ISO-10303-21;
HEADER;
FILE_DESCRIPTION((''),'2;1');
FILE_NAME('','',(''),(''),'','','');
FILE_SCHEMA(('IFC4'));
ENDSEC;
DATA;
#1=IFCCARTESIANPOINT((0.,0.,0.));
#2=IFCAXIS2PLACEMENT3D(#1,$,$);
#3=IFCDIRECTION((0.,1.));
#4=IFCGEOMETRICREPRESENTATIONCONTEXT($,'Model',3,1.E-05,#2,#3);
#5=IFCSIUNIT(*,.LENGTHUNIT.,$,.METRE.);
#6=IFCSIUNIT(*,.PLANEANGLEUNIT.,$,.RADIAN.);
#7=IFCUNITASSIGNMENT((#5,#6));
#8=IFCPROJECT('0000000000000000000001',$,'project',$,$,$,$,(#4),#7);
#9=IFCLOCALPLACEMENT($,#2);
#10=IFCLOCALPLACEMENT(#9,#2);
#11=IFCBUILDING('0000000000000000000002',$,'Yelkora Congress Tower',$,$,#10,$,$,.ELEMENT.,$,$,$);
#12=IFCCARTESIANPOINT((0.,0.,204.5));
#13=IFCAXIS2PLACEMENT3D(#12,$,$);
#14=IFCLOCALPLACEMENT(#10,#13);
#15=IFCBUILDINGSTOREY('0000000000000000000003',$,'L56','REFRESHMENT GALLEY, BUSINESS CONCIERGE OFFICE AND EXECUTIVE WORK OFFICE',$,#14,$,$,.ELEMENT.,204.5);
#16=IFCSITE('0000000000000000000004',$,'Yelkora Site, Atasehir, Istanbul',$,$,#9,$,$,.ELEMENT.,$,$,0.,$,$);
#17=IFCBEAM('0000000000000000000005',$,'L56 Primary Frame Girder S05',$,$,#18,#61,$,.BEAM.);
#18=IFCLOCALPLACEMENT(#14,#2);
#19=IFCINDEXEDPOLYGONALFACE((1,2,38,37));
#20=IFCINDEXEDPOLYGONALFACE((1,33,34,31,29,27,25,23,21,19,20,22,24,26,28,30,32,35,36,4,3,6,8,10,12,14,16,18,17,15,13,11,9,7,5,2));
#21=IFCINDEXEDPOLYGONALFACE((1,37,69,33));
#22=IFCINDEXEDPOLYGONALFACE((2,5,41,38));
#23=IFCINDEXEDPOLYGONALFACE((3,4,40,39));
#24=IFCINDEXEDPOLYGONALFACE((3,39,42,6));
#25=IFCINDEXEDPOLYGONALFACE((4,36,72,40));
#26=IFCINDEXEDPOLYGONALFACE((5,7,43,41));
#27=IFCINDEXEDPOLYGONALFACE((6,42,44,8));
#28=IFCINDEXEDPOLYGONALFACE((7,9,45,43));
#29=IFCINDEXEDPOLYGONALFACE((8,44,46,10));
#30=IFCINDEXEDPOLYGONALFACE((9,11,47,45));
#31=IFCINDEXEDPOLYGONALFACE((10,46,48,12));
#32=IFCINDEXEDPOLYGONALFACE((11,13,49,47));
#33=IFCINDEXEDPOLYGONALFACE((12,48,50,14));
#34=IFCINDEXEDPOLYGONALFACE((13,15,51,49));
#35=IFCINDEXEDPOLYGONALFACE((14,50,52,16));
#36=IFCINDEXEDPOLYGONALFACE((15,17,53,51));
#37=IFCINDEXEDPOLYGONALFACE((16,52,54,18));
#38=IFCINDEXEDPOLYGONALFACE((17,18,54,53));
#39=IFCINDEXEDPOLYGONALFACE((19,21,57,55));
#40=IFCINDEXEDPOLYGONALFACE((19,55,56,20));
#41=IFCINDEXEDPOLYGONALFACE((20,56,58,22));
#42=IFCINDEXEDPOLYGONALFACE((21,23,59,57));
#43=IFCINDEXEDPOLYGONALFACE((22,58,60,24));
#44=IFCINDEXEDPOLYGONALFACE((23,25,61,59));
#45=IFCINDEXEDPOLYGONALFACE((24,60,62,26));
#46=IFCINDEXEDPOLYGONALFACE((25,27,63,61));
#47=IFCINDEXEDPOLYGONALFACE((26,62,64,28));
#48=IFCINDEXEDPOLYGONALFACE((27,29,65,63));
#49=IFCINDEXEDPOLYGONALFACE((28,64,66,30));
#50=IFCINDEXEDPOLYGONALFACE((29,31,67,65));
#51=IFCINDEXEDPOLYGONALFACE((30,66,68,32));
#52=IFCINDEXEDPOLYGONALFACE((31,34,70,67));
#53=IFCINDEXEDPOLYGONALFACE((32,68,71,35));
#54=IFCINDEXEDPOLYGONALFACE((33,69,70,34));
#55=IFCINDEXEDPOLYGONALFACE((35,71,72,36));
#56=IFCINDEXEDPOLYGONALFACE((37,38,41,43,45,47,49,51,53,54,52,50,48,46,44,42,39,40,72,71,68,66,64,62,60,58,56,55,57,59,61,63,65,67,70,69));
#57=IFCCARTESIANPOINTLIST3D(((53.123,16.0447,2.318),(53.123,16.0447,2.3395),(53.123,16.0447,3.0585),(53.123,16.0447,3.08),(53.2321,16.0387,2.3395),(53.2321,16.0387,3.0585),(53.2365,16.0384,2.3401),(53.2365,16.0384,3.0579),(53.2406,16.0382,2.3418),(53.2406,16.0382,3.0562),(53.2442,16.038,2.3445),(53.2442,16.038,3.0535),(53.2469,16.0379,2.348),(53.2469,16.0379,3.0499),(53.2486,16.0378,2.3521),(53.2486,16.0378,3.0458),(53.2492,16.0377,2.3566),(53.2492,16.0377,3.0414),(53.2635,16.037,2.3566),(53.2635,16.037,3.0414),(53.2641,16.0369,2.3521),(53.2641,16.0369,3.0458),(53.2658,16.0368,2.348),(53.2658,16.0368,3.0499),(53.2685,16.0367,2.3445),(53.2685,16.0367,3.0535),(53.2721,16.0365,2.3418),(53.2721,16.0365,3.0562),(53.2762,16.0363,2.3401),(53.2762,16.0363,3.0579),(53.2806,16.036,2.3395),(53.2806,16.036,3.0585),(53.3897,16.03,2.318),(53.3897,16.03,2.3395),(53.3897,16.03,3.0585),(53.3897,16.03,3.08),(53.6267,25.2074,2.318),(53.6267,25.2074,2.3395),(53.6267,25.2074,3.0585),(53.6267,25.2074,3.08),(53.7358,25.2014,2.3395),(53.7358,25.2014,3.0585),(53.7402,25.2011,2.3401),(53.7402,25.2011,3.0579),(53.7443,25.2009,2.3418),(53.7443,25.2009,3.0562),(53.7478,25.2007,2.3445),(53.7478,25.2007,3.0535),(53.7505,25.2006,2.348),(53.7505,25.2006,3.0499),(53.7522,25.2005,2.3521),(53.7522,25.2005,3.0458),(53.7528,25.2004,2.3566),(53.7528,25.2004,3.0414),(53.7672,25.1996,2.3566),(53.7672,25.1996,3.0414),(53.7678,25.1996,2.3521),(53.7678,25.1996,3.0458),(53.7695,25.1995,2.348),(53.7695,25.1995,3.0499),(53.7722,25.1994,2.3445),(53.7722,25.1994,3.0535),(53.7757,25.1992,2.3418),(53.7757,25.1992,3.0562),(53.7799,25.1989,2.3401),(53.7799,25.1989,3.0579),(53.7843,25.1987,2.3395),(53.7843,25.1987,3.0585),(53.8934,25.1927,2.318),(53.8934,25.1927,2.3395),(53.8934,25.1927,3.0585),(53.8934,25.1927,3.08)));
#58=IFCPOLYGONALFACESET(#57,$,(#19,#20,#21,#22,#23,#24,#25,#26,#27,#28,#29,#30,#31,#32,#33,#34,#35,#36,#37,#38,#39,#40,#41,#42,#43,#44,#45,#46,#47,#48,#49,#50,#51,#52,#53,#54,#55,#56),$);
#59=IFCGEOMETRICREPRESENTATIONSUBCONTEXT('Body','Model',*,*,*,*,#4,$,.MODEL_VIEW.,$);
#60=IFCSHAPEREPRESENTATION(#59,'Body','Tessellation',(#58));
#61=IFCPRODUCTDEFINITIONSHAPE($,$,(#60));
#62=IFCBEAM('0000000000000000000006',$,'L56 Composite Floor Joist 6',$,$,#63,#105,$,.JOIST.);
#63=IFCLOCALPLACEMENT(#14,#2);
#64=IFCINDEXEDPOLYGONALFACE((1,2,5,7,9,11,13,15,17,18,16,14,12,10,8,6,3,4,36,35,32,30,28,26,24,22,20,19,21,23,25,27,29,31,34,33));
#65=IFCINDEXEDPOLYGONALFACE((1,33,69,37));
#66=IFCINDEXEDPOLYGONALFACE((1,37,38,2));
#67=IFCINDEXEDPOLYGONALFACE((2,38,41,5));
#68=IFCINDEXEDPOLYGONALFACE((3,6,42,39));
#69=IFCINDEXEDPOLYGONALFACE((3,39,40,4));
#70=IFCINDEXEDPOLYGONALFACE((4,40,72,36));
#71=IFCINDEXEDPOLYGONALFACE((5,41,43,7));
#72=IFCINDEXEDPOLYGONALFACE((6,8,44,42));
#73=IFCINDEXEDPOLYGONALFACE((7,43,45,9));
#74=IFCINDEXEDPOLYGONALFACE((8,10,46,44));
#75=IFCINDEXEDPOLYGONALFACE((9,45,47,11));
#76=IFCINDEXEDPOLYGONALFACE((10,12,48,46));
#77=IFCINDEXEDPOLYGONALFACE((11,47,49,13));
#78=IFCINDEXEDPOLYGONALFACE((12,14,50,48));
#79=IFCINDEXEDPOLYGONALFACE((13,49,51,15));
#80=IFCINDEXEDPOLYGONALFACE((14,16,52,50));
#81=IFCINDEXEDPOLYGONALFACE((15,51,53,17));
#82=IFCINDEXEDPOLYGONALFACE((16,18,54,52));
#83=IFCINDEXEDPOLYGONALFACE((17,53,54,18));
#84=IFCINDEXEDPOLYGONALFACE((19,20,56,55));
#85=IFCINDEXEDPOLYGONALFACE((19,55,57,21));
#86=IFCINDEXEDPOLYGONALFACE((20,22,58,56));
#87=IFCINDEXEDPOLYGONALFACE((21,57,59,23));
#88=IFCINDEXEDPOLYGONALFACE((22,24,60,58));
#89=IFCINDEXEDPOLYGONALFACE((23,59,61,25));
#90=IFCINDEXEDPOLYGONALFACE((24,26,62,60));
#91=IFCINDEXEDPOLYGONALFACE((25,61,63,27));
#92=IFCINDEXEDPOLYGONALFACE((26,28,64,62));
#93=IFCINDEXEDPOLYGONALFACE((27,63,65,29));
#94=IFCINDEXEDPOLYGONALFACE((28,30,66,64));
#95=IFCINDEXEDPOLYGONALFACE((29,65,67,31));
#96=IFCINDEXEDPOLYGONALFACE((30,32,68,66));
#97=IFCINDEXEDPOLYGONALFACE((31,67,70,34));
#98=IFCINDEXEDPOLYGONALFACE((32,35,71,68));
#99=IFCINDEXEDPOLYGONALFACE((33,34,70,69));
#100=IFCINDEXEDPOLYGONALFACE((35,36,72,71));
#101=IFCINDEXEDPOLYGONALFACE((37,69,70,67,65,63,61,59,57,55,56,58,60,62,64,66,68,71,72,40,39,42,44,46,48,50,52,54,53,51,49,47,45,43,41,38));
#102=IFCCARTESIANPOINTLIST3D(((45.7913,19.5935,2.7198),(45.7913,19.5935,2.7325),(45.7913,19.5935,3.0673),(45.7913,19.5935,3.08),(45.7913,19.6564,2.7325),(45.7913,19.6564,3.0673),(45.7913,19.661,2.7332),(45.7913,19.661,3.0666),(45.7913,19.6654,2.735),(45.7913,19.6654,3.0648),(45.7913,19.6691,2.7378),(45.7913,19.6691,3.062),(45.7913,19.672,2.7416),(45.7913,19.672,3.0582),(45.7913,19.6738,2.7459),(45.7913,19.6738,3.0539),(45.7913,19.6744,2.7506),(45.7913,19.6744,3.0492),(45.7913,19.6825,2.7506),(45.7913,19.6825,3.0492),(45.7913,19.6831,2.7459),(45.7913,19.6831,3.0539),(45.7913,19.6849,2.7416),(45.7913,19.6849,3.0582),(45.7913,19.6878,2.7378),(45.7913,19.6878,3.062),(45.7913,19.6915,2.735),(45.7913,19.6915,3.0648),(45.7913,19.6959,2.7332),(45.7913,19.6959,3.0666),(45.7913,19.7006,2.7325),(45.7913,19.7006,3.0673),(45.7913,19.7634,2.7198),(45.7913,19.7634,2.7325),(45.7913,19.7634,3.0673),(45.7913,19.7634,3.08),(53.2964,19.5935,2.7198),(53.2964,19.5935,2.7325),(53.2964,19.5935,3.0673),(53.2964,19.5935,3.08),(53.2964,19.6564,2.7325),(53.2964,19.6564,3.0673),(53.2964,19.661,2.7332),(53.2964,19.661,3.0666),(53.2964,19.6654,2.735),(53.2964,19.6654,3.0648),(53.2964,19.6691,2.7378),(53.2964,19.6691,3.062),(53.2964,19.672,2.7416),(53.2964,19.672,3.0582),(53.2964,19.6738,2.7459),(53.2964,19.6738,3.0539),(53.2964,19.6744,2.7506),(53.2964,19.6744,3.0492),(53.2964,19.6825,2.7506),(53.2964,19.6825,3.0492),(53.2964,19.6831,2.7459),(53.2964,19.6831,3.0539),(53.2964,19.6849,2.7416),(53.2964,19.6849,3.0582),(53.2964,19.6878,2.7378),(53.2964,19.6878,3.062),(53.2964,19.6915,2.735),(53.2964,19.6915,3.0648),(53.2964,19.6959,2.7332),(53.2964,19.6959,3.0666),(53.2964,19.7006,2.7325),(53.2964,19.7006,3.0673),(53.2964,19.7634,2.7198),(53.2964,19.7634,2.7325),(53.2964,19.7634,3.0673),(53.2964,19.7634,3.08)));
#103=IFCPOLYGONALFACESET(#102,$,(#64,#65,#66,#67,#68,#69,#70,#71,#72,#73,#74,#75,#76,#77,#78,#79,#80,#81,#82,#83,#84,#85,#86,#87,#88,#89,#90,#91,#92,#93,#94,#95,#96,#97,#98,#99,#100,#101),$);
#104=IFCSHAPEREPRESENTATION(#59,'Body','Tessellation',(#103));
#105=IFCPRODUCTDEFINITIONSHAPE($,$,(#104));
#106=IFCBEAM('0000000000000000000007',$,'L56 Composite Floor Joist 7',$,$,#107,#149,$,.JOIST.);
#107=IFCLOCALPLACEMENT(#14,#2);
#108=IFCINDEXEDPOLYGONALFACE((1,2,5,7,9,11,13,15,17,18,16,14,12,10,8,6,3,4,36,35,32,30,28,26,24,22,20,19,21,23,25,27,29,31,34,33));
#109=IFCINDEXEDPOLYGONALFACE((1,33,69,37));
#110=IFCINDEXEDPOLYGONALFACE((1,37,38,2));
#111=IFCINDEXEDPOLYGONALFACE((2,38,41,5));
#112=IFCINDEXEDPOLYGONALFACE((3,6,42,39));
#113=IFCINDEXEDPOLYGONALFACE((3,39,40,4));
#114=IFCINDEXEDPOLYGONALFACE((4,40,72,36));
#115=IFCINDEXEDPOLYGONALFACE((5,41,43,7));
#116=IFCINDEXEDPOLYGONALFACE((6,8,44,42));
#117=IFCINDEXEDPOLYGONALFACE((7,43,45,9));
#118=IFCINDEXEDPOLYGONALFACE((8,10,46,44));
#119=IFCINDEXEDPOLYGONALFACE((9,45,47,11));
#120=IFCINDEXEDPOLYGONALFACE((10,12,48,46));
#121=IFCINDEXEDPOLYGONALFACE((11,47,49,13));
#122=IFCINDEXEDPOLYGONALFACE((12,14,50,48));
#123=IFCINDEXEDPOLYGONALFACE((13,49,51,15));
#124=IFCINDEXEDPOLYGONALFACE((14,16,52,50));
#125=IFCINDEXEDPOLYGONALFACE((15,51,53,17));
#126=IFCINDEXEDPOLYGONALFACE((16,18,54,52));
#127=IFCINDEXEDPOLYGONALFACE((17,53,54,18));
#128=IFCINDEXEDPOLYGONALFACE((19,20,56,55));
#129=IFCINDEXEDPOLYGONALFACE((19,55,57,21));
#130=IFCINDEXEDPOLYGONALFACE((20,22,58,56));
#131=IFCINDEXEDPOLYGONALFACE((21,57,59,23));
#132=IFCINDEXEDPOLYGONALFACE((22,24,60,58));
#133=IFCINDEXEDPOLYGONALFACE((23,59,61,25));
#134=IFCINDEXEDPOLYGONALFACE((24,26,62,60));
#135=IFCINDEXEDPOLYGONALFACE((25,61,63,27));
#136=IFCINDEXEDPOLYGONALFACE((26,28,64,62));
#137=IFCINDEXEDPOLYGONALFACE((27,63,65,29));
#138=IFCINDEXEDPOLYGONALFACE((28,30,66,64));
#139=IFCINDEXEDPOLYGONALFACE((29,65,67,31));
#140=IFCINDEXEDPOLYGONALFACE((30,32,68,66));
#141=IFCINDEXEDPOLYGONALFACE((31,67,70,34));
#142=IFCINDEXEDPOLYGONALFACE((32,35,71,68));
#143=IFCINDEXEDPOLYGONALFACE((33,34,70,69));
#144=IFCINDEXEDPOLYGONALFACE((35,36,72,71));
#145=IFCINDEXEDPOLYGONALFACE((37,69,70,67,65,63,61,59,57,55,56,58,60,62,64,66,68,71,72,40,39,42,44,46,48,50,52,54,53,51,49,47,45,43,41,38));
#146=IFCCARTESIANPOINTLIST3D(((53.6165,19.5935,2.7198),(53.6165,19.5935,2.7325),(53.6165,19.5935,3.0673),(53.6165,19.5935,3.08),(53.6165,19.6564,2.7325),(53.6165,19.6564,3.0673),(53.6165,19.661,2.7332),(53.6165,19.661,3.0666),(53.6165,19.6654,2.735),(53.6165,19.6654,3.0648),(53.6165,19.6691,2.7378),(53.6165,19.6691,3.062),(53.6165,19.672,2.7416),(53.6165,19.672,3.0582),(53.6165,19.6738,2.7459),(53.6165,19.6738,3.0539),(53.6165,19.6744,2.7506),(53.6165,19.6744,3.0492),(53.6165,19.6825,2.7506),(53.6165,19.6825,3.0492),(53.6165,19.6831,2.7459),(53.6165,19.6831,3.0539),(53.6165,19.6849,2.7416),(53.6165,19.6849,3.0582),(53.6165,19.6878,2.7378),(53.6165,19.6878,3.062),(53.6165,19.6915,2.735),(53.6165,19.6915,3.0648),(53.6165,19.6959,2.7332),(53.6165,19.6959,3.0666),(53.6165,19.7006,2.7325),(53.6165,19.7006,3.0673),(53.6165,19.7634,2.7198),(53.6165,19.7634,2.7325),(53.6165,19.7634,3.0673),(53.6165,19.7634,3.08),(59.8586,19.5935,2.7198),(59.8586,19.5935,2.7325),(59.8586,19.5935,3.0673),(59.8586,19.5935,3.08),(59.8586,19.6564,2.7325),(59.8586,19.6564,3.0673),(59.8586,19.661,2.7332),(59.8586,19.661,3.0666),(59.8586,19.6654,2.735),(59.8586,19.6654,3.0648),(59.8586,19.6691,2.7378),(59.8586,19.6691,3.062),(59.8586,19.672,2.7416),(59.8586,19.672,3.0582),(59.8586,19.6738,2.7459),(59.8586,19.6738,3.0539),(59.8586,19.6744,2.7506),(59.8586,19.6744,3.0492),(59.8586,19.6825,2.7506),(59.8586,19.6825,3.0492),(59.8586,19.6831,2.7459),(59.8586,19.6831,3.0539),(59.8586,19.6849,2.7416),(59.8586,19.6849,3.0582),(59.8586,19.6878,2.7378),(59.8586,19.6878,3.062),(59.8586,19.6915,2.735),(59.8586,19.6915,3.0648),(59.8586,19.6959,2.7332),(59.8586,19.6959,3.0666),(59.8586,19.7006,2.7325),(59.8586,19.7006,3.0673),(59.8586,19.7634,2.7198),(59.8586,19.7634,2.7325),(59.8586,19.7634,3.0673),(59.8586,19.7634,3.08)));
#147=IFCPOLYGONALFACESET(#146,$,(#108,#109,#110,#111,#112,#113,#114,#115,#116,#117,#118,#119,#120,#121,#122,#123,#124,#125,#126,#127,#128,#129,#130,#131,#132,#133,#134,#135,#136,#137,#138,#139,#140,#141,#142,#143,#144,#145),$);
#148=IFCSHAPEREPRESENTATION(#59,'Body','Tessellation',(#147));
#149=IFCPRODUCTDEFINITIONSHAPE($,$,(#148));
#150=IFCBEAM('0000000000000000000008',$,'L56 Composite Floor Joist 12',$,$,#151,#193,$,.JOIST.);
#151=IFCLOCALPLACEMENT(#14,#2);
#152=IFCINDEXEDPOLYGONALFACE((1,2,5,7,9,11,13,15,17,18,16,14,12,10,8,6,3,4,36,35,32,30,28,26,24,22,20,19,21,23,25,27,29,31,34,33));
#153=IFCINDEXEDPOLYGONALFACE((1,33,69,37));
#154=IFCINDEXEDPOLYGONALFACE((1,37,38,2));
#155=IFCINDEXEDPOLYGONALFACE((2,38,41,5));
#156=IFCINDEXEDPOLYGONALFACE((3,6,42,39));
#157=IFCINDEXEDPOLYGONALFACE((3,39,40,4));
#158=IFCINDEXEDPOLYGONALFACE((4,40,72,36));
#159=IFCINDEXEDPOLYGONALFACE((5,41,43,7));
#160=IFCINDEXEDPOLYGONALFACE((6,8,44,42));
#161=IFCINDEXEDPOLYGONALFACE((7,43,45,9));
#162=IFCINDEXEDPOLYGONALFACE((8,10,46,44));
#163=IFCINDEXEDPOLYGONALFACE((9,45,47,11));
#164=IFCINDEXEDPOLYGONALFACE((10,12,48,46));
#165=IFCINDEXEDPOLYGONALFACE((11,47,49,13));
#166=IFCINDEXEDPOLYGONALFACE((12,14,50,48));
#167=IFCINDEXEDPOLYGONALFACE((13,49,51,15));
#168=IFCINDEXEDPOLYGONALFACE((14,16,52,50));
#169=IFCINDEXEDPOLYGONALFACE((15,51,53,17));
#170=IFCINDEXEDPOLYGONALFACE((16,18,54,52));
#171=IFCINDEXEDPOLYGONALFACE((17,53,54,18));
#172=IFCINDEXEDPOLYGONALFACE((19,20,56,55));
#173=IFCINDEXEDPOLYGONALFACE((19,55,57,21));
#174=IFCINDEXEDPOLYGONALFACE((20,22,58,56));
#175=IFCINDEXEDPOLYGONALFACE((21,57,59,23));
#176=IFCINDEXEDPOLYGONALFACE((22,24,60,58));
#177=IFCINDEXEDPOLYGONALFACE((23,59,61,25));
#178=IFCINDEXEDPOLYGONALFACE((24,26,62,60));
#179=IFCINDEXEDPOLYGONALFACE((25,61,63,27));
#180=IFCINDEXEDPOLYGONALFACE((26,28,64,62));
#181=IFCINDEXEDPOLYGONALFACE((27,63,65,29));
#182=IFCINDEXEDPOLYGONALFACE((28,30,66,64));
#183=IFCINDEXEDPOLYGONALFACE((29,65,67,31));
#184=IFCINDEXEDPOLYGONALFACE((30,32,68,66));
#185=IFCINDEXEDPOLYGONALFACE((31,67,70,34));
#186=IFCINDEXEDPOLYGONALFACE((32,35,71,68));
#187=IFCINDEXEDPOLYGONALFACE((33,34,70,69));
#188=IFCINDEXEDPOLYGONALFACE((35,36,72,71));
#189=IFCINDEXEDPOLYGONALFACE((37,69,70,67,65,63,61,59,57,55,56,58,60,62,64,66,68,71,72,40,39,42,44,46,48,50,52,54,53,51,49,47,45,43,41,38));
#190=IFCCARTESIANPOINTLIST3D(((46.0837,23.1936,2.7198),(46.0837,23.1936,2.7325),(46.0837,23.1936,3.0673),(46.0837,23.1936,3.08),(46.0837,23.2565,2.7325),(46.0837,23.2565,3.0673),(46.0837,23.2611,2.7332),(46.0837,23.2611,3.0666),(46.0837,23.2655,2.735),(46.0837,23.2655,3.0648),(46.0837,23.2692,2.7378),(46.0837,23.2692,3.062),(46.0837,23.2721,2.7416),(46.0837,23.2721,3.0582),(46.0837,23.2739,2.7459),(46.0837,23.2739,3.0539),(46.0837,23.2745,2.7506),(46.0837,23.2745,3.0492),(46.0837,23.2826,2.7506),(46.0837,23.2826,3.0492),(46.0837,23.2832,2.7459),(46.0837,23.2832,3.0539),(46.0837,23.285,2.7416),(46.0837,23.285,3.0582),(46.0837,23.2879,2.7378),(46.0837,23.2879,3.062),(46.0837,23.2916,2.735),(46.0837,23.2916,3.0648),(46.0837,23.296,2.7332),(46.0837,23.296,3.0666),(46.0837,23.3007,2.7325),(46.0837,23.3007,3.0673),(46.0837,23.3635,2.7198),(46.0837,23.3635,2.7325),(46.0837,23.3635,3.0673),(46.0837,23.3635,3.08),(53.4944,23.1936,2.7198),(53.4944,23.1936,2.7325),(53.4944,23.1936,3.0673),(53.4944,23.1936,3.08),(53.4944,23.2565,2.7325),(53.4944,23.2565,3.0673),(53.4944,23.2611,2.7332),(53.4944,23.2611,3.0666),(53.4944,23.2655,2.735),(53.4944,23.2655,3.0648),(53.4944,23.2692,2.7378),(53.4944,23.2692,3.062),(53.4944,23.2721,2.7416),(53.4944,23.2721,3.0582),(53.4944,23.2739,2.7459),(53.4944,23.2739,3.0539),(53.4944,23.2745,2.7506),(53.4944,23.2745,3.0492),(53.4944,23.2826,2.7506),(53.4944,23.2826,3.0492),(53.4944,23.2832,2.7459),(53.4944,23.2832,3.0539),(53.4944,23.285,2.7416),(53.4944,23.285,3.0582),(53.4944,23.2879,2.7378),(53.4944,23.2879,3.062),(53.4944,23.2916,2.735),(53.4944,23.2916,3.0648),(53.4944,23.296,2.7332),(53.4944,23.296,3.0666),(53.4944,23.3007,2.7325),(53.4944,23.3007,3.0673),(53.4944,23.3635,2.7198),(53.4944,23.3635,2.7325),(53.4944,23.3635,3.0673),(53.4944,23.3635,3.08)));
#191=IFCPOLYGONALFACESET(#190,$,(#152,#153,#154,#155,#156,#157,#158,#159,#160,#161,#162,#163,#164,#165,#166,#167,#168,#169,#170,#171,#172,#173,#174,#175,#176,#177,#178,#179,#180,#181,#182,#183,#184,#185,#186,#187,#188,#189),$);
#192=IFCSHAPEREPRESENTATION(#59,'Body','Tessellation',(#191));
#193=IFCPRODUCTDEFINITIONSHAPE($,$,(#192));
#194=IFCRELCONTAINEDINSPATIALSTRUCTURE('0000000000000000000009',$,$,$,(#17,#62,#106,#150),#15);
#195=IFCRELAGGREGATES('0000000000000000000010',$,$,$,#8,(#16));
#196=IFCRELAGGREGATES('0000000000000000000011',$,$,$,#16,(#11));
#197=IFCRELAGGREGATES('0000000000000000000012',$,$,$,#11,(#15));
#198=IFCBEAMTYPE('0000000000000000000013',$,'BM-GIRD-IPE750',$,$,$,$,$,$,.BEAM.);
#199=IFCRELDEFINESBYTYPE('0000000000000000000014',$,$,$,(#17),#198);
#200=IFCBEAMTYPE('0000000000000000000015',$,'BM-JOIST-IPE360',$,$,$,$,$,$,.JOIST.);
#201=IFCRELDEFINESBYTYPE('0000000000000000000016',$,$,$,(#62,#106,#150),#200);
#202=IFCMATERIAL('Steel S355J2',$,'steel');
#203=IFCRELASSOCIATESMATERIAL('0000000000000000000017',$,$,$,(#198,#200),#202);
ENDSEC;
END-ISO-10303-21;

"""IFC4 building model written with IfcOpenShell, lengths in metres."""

from ifc_helpers import new_model, si_unit, direction, frame, origin, origin_2d, place, context, subcontext, project, spatial, i_section, extrude, material, material_profile, profile_set, type_object, element, save


model = new_model("IFC4")

# Units and contexts
model_context = context("Model", 3, precision=1e-05, world=origin(), true_north=direction((0.0, 1.0)))
body_context = subcontext(model_context, "Body", "Model", "MODEL_VIEW")
ifc_project = project(units=[si_unit("LENGTHUNIT", "METRE"), si_unit("PLANEANGLEUNIT", "RADIAN")], contexts=[model_context])

# Site, building, storey
site_placement = place(None, origin())
site = spatial("IfcSite", under=ifc_project, at=site_placement, Name="Yelkora Site, Atasehir, Istanbul", CompositionType="ELEMENT", RefElevation=0.0)
building_placement = place(site_placement, origin())
building = spatial("IfcBuilding", under=site, at=building_placement, Name="Yelkora Congress Tower", CompositionType="ELEMENT")
storey_placement = place(building_placement, frame((0.0, 0.0, 204.5)))
storey = spatial("IfcBuildingStorey", under=building, at=storey_placement, Name="L56", Description="REFRESHMENT GALLEY, BUSINESS CONCIERGE OFFICE AND EXECUTIVE WORK OFFICE", CompositionType="ELEMENT", Elevation=204.5)

# Beams
ifc_material_1 = material(Name="Steel S355J2", Category="steel")
ifc_material_profile_1 = material_profile(ifc_material_1, i_section(OverallWidth=0.2671, OverallDepth=0.762, WebThickness=0.0144, FlangeThickness=0.0215, FilletRadius=0.0171, at=origin_2d()), Name="IPE 750x173")
ifc_profile_set_1 = profile_set([ifc_material_profile_1], Name="Steel S355J2")
beam_type_1 = type_object("IfcBeamType", Name="BM-GIRD-IPE750", PredefinedType="BEAM", material=ifc_profile_set_1)
beam_1_placement = place(storey_placement, frame((53.2563, 16.0374, 2.699), z_axis=(0.054886, 0.998493, 0.0), x_axis=(-0.998493, 0.054886, 0.0)))
element("IfcBeam", 1, at=beam_1_placement, inside=storey, type_object=beam_type_1, Name="L56 Primary Frame Girder S05", PredefinedType="BEAM", context=body_context, shape_type="SweptSolid", body=[
    extrude(i_section(OverallWidth=0.2671, OverallDepth=0.762, WebThickness=0.0144, FlangeThickness=0.0215, FilletRadius=0.0171, at=origin_2d()), origin(), (0.0, 0.0, 1.0), 9.1765),
])
ifc_material_profile_2 = material_profile(ifc_material_1, i_section(OverallWidth=0.1699, OverallDepth=0.3601, WebThickness=0.0081, FlangeThickness=0.0127, FilletRadius=0.0181, at=origin_2d()), Name="IPE 360")
ifc_profile_set_2 = profile_set([ifc_material_profile_2], Name="Steel S355J2")
beam_type_2 = type_object("IfcBeamType", Name="BM-JOIST-IPE360", PredefinedType="JOIST", material=ifc_profile_set_2)
beam_2_placement = place(storey_placement, frame((45.7913, 19.6785, 2.8999), z_axis=(1.0, 0.0, 0.0), x_axis=(0.0, 1.0, 0.0)))
element("IfcBeam", 2, at=beam_2_placement, inside=storey, type_object=beam_type_2, Name="L56 Composite Floor Joist 6", PredefinedType="JOIST", context=body_context, shape_type="SweptSolid", body=[
    extrude(i_section(OverallWidth=0.1699, OverallDepth=0.3601, WebThickness=0.0081, FlangeThickness=0.0127, FilletRadius=0.0181, at=origin_2d()), origin(), (0.0, 0.0, 1.0), 7.5051),
])
beam_3_placement = place(storey_placement, frame((53.6165, 19.6785, 2.8999), z_axis=(1.0, 0.0, 0.0), x_axis=(0.0, 1.0, 0.0)))
element("IfcBeam", 3, at=beam_3_placement, inside=storey, type_object=beam_type_2, Name="L56 Composite Floor Joist 7", PredefinedType="JOIST", context=body_context, shape_type="SweptSolid", body=[
    extrude(i_section(OverallWidth=0.1699, OverallDepth=0.3601, WebThickness=0.0081, FlangeThickness=0.0127, FilletRadius=0.0181, at=origin_2d()), origin(), (0.0, 0.0, 1.0), 6.2422),
])
beam_4_placement = place(storey_placement, frame((46.0837, 23.2786, 2.8999), z_axis=(1.0, 0.0, 0.0), x_axis=(0.0, 1.0, 0.0)))
element("IfcBeam", 4, at=beam_4_placement, inside=storey, type_object=beam_type_2, Name="L56 Composite Floor Joist 12", PredefinedType="JOIST", context=body_context, shape_type="SweptSolid", body=[
    extrude(i_section(OverallWidth=0.1699, OverallDepth=0.3601, WebThickness=0.0081, FlangeThickness=0.0127, FilletRadius=0.0181, at=origin_2d()), origin(), (0.0, 0.0, 1.0), 7.4106),
])

save(model, "model.ifc")
